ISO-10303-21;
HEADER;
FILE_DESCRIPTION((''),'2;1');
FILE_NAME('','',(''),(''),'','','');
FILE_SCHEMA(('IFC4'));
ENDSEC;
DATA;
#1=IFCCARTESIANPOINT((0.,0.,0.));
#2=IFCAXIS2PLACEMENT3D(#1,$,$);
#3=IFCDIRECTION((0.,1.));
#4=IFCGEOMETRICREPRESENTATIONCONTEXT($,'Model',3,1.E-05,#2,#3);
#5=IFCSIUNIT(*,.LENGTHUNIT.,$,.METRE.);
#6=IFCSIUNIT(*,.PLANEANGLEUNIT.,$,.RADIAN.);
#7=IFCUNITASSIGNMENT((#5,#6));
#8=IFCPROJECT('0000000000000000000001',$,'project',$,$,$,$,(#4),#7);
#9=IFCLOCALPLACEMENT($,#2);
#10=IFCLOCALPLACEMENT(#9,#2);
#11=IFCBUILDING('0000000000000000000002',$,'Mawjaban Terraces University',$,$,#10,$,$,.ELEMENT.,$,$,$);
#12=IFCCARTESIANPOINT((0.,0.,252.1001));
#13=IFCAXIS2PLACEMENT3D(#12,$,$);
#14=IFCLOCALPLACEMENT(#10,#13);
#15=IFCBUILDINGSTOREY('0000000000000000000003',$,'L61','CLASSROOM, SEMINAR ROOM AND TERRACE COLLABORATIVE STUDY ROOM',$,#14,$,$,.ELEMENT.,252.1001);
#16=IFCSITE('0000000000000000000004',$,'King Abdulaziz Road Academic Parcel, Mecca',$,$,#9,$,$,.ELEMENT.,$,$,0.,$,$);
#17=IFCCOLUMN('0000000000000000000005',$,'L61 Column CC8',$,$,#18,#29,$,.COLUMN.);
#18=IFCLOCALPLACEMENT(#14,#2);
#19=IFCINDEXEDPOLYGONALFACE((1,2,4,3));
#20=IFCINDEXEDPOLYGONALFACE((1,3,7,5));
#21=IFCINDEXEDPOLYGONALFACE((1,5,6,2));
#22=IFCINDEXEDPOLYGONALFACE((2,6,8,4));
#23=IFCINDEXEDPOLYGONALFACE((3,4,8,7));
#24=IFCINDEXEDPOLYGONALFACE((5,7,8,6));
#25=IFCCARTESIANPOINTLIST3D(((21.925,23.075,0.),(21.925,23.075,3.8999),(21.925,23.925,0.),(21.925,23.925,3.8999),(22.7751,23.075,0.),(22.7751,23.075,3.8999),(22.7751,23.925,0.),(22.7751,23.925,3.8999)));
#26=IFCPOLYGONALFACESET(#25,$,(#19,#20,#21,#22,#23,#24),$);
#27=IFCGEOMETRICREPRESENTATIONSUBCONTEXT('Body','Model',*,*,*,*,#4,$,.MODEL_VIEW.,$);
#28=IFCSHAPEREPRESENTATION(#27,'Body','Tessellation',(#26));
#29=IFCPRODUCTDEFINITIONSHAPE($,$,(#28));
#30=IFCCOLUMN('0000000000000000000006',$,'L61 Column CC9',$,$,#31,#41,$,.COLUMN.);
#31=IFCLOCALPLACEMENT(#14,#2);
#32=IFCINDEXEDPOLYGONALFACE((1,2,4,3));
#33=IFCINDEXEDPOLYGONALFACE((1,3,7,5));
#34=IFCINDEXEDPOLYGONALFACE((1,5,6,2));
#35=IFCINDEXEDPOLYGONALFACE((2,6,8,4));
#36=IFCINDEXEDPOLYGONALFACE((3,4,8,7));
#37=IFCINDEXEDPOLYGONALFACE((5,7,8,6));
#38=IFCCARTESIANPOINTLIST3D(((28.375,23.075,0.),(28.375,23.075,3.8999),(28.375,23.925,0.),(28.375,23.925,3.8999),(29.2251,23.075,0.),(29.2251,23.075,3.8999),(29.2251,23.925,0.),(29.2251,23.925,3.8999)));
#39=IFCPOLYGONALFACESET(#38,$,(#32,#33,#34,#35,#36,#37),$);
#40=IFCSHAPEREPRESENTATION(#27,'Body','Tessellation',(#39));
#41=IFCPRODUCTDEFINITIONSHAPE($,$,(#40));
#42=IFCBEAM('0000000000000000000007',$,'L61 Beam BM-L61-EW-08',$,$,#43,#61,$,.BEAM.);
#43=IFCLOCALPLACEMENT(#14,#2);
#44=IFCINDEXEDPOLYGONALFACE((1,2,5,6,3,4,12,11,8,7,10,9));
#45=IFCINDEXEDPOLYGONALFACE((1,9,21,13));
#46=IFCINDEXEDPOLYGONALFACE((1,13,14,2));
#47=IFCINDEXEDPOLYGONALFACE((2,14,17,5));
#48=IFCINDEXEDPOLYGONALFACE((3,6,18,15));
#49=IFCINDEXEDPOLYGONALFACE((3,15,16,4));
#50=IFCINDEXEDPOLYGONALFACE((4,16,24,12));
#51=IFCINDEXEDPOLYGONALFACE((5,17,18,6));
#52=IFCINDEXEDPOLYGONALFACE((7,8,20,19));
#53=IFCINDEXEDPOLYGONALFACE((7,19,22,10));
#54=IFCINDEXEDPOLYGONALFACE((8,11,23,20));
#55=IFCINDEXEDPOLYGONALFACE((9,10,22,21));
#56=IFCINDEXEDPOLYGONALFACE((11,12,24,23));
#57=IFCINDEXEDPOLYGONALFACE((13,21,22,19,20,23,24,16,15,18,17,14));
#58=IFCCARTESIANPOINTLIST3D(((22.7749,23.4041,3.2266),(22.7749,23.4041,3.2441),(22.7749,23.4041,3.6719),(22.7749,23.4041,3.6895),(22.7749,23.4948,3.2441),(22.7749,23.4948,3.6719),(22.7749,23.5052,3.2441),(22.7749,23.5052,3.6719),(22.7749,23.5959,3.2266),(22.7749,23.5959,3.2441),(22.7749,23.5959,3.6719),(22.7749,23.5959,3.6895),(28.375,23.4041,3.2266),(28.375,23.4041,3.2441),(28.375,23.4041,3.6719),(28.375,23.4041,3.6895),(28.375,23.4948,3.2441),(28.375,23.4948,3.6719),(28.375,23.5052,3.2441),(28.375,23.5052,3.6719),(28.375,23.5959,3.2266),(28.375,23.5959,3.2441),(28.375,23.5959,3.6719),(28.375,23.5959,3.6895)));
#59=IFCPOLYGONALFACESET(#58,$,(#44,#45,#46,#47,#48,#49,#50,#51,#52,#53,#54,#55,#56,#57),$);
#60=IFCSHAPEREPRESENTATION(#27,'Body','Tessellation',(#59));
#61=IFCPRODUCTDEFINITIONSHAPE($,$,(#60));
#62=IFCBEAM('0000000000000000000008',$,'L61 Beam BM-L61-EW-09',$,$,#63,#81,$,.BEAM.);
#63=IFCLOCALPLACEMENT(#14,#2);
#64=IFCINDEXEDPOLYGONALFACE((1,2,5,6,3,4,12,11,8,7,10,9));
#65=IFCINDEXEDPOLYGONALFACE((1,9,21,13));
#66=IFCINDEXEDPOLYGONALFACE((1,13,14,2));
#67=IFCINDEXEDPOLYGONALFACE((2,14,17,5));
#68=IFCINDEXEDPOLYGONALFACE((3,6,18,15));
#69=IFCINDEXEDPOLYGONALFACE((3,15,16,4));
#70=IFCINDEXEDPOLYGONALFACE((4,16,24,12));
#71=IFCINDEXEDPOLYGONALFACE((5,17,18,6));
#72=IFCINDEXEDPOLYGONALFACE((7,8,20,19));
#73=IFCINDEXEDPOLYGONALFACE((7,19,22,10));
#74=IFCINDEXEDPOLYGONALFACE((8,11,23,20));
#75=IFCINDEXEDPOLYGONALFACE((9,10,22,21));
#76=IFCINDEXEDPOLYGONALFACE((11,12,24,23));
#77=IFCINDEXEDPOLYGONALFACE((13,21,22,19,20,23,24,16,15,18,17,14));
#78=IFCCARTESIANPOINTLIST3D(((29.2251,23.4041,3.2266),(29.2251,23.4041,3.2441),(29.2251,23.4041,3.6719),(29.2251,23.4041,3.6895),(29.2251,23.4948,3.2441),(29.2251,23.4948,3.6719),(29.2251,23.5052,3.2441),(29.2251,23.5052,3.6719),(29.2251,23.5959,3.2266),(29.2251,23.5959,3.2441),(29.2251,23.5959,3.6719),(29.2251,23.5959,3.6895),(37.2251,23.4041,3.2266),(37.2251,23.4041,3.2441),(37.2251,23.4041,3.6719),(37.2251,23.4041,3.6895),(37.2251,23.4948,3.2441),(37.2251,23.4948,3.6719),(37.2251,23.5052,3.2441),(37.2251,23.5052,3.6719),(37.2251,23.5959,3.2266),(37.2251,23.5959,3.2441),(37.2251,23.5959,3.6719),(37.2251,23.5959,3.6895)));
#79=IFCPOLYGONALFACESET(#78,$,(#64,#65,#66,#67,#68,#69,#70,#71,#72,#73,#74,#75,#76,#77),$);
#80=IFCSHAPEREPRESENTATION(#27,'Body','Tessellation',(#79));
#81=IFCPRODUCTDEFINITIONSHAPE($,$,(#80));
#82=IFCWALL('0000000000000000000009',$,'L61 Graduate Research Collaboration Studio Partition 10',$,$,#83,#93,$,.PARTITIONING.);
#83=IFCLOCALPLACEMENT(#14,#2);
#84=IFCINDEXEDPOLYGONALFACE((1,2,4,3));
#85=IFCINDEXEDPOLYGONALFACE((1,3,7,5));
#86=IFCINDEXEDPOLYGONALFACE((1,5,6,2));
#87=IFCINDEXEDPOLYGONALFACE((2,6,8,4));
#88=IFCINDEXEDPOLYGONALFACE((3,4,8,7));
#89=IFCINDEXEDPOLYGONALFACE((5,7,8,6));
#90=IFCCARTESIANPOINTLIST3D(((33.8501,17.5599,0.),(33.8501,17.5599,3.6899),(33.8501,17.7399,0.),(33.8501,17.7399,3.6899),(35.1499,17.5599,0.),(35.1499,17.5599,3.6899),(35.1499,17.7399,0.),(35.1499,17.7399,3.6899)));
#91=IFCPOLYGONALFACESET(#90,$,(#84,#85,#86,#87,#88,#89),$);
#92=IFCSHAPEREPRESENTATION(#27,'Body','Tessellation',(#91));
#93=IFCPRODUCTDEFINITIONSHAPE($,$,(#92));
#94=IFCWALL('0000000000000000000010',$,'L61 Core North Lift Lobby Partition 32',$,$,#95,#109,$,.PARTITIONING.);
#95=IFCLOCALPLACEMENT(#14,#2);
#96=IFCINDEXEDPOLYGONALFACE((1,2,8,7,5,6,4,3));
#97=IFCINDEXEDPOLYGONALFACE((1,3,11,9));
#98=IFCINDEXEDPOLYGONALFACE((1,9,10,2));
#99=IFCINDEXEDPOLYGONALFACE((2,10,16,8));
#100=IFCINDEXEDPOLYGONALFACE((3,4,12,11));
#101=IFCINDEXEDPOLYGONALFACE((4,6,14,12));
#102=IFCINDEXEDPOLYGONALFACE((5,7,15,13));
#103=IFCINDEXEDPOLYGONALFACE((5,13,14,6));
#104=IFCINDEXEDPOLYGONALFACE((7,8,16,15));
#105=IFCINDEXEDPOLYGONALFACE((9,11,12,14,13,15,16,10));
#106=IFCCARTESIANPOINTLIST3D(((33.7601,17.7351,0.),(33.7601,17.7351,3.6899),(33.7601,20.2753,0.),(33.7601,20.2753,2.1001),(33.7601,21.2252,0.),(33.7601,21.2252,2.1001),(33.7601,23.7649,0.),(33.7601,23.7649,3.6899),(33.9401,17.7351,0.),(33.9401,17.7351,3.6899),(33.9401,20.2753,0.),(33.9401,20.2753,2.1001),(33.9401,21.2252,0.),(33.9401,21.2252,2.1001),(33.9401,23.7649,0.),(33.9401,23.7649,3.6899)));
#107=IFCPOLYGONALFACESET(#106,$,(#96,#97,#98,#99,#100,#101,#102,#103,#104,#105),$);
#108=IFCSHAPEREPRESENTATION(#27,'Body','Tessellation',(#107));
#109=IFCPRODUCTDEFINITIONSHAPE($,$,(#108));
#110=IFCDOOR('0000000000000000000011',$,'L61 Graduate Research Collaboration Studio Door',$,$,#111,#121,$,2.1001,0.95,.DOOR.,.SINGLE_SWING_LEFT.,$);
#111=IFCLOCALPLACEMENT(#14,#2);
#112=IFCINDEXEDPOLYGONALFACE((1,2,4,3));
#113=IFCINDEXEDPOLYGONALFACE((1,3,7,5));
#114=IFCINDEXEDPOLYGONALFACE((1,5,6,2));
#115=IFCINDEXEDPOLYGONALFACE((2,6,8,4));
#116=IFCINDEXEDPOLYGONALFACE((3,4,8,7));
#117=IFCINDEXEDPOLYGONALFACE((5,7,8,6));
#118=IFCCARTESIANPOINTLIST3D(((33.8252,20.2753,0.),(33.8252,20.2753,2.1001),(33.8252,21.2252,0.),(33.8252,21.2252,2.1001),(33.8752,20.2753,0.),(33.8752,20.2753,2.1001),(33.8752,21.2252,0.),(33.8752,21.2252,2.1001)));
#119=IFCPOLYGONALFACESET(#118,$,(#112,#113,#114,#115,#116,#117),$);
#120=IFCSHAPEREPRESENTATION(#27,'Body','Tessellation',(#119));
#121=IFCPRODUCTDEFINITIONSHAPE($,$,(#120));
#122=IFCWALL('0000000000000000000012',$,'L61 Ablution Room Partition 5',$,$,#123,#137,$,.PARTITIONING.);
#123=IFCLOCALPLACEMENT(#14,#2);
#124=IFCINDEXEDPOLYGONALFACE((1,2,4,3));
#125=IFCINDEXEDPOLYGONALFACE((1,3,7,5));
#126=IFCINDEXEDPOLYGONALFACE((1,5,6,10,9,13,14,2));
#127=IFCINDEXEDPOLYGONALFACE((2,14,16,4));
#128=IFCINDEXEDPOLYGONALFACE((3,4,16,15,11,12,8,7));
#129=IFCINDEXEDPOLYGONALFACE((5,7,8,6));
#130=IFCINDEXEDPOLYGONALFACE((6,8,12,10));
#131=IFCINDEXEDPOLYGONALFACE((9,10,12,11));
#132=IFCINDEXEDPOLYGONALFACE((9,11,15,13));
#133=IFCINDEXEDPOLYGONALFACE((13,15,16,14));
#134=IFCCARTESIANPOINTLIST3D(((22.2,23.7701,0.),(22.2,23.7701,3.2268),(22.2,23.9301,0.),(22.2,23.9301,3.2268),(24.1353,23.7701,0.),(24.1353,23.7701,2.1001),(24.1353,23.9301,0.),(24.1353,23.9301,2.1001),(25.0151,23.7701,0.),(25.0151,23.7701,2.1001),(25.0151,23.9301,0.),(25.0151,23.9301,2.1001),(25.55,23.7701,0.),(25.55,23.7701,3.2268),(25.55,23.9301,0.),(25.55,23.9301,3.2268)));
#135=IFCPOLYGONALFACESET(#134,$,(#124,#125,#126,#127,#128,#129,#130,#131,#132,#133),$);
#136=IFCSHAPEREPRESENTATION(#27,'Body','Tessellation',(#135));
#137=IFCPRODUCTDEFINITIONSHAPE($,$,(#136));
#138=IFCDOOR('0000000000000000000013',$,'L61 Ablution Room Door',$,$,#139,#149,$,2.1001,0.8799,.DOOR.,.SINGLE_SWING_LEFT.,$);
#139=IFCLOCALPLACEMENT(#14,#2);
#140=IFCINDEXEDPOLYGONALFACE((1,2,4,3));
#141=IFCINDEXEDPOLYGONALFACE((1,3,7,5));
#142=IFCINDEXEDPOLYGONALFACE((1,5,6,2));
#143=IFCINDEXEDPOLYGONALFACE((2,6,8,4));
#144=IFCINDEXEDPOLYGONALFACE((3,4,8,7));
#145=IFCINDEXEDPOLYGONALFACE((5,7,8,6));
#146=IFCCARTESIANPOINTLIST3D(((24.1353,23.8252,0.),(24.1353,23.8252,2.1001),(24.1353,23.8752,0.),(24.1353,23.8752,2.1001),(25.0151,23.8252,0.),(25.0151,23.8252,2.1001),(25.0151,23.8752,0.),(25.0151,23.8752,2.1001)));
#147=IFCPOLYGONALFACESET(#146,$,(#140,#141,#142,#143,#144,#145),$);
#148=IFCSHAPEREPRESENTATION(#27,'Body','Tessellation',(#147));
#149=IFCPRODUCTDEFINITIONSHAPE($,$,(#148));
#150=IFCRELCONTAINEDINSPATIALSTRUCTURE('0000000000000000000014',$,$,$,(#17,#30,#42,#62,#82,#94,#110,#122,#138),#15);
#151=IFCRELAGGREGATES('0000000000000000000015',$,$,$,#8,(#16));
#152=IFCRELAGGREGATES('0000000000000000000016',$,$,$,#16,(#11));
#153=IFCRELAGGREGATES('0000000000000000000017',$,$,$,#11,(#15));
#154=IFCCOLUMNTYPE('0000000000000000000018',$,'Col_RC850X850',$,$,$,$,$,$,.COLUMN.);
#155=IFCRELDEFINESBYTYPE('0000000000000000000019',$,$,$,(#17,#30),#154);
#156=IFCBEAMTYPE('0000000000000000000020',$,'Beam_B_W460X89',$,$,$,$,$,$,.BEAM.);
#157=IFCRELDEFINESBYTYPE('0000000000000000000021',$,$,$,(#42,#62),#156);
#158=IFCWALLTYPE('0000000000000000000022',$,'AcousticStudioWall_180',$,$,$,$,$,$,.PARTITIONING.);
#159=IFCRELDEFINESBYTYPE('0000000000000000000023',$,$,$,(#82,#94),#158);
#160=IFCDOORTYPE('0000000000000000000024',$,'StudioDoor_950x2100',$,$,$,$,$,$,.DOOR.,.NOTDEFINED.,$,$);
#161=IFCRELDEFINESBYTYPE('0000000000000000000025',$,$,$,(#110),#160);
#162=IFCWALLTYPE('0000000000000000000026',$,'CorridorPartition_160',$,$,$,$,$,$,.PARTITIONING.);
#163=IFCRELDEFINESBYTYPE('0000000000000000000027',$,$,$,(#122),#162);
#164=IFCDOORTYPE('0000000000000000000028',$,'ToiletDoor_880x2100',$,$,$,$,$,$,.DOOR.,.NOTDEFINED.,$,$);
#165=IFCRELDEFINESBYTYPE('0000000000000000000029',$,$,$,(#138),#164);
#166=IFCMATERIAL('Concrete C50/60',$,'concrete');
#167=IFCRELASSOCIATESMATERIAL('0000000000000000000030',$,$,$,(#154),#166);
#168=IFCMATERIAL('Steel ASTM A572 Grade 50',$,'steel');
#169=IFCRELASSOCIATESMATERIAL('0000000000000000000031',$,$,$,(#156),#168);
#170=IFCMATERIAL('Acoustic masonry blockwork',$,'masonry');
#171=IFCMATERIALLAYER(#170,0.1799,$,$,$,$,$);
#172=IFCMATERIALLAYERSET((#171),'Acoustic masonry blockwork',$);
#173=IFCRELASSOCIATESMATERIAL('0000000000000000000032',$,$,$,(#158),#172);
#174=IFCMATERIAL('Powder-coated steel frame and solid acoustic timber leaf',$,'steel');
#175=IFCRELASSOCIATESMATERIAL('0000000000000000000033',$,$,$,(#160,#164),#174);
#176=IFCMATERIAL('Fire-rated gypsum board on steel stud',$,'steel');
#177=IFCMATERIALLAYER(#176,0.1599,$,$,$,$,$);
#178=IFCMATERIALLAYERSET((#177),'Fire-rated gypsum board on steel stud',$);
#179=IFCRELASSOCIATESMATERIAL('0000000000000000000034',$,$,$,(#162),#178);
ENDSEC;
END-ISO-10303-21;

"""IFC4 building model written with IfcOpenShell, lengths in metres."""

from ifc_helpers import new_model, si_unit, direction, frame, frame_2d, origin, origin_2d, place, context, subcontext, project, spatial, rectangle, i_section, extrude, material, layer, layer_set, material_profile, profile_set, type_object, element, fill, save


model = new_model("IFC4")

# Units and contexts
model_context = context("Model", 3, precision=1e-05, world=origin(), true_north=direction((0.0, 1.0)))
body_context = subcontext(model_context, "Body", "Model", "MODEL_VIEW")
ifc_project = project(units=[si_unit("LENGTHUNIT", "METRE"), si_unit("PLANEANGLEUNIT", "RADIAN")], contexts=[model_context])

# Site, building, storey
site_placement = place(None, origin())
site = spatial("IfcSite", under=ifc_project, at=site_placement, Name="King Abdulaziz Road Academic Parcel, Mecca", CompositionType="ELEMENT", RefElevation=0.0)
building_placement = place(site_placement, origin())
building = spatial("IfcBuilding", under=site, at=building_placement, Name="Mawjaban Terraces University", CompositionType="ELEMENT")
storey_placement = place(building_placement, frame((0.0, 0.0, 252.1001)))
storey = spatial("IfcBuildingStorey", under=building, at=storey_placement, Name="L61", Description="CLASSROOM, SEMINAR ROOM AND TERRACE COLLABORATIVE STUDY ROOM", CompositionType="ELEMENT", Elevation=252.1001)

# Columns
ifc_material_1 = material(Name="Concrete C50/60", Category="concrete")
ifc_material_profile_1 = material_profile(ifc_material_1, rectangle(XDim=0.8501, YDim=0.8501, at=origin_2d()), Name="RC850X850")
ifc_profile_set_1 = profile_set([ifc_material_profile_1], Name="Concrete C50/60")
column_type = type_object("IfcColumnType", Name="Col_RC850X850", PredefinedType="COLUMN", material=ifc_profile_set_1)
for number, where, z_axis, x_axis, name in (
    (1, (22.3501, 23.5, 0.0), (0.0, 0.0, 1.0), (1.0, 0.0, 0.0), "L61 Column CC8"),
    (2, (28.8, 23.5, 0.0), (0.0, 0.0, 1.0), (1.0, 0.0, 0.0), "L61 Column CC9"),
):
    element("IfcColumn", number, at=place(storey_placement, frame(where, z_axis=z_axis, x_axis=x_axis)), inside=storey, type_object=column_type, Name=name, PredefinedType="COLUMN", context=body_context, shape_type="SweptSolid", body=[
        extrude(rectangle(XDim=0.8501, YDim=0.8501, at=origin_2d()), origin(), (0.0, 0.0, 1.0), 3.8999),
    ])

# Beams
ifc_material_2 = material(Name="Steel ASTM A572 Grade 50", Category="steel")
ifc_material_profile_2 = material_profile(ifc_material_2, i_section(OverallWidth=0.1919, OverallDepth=0.4629, WebThickness=0.0105, FlangeThickness=0.0176, at=origin_2d()), Name="W460X89")
ifc_profile_set_2 = profile_set([ifc_material_profile_2], Name="Steel ASTM A572 Grade 50")
beam_type = type_object("IfcBeamType", Name="Beam_B_W460X89", PredefinedType="BEAM", material=ifc_profile_set_2)
beam_1_placement = place(storey_placement, frame((22.7749, 23.5, 3.458), z_axis=(1.0, 0.0, 0.0), x_axis=(0.0, 1.0, 0.0)))
element("IfcBeam", 3, at=beam_1_placement, inside=storey, type_object=beam_type, Name="L61 Beam BM-L61-EW-08", PredefinedType="BEAM", context=body_context, shape_type="SweptSolid", body=[
    extrude(i_section(OverallWidth=0.1919, OverallDepth=0.4629, WebThickness=0.0105, FlangeThickness=0.0176, at=origin_2d()), origin(), (0.0, 0.0, 1.0), 5.6001),
])
beam_2_placement = place(storey_placement, frame((29.2251, 23.5, 3.458), z_axis=(1.0, 0.0, 0.0), x_axis=(0.0, 1.0, 0.0)))
element("IfcBeam", 4, at=beam_2_placement, inside=storey, type_object=beam_type, Name="L61 Beam BM-L61-EW-09", PredefinedType="BEAM", context=body_context, shape_type="SweptSolid", body=[
    extrude(i_section(OverallWidth=0.1919, OverallDepth=0.4629, WebThickness=0.0105, FlangeThickness=0.0176, at=origin_2d()), origin(), (0.0, 0.0, 1.0), 8.0),
])

# Wall
ifc_material_3 = material(Name="Acoustic masonry blockwork", Category="masonry")
ifc_layer_1 = layer(ifc_material_3, 0.1799)
ifc_layer_set_1 = layer_set([ifc_layer_1], Name="Acoustic masonry blockwork")
wall_type_1 = type_object("IfcWallType", Name="AcousticStudioWall_180", PredefinedType="PARTITIONING", material=ifc_layer_set_1)
wall_1_placement = place(storey_placement, frame((33.8501, 17.6499, 0.0), z_axis=(0.0, 0.0, 1.0), x_axis=(1.0, 0.0, 0.0)))
element("IfcWall", 5, at=wall_1_placement, inside=storey, type_object=wall_type_1, Name="L61 Graduate Research Collaboration Studio Partition 10", PredefinedType="PARTITIONING", context=body_context, shape_type="SweptSolid", body=[
    extrude(rectangle(XDim=1.2998, YDim=0.1799, at=frame_2d((0.6499, 0.0))), origin(), (0.0, 0.0, 1.0), 3.6899),
])

# Walls, openings, doors
wall_2_placement = place(storey_placement, frame((33.8501, 17.7351, 0.0), z_axis=(0.0, 0.0, 1.0), x_axis=(0.0, 1.0, 0.0)))
wall_2 = element("IfcWall", 6, at=wall_2_placement, inside=storey, type_object=wall_type_1, Name="L61 Core North Lift Lobby Partition 32", PredefinedType="PARTITIONING", context=body_context, shape_type="SweptSolid", body=[
    extrude(rectangle(XDim=6.0298, YDim=0.1799, at=frame_2d((3.0149, 0.0))), origin(), (0.0, 0.0, 1.0), 3.6899),
])
opening_1_placement = place(wall_2_placement, frame((2.54, 0.0, 0.0)))
opening_1 = element("IfcOpeningElement", 7, at=opening_1_placement, cuts=wall_2, PredefinedType="OPENING", context=body_context, shape_type="SweptSolid", body=[
    extrude(rectangle(XDim=0.95, YDim=2.1001, at=frame_2d((0.4751, 1.05))), frame((0.0, 0.0999, 0.0), z_axis=(0.0, -1.0, 0.0), x_axis=(1.0, 0.0, 0.0)), (0.0, 0.0, 1.0), 0.2),
])
ifc_material_4 = material(Name="Powder-coated steel frame and solid acoustic timber leaf", Category="steel")
door_type_1 = type_object("IfcDoorType", Name="StudioDoor_950x2100", OperationType="NOTDEFINED", PredefinedType="DOOR", material=ifc_material_4)
door_1_placement = place(opening_1_placement, origin())
door_1 = element("IfcDoor", 8, at=door_1_placement, inside=storey, type_object=door_type_1, Name="L61 Graduate Research Collaboration Studio Door", OperationType="SINGLE_SWING_LEFT", OverallHeight=2.1001, OverallWidth=0.95, PredefinedType="DOOR", context=body_context, shape_type="SweptSolid", body=[
    extrude(rectangle(XDim=0.95, YDim=2.1001, at=frame_2d((0.4751, 1.05))), frame((0.0, 0.0249, 0.0), z_axis=(0.0, -1.0, 0.0), x_axis=(1.0, 0.0, 0.0)), (0.0, 0.0, 1.0), 0.05),
])
fill(opening_1, door_1)
ifc_material_5 = material(Name="Fire-rated gypsum board on steel stud", Category="steel")
ifc_layer_2 = layer(ifc_material_5, 0.1599)
ifc_layer_set_2 = layer_set([ifc_layer_2], Name="Fire-rated gypsum board on steel stud")
wall_type_2 = type_object("IfcWallType", Name="CorridorPartition_160", PredefinedType="PARTITIONING", material=ifc_layer_set_2)
wall_3_placement = place(storey_placement, frame((25.55, 23.8501, 0.0), z_axis=(0.0, 0.0, 1.0), x_axis=(-1.0, 0.0, 0.0)))
wall_3 = element("IfcWall", 9, at=wall_3_placement, inside=storey, type_object=wall_type_2, Name="L61 Ablution Room Partition 5", PredefinedType="PARTITIONING", context=body_context, shape_type="SweptSolid", body=[
    extrude(rectangle(XDim=3.3501, YDim=0.1599, at=frame_2d((1.675, 0.0))), origin(), (0.0, 0.0, 1.0), 3.2268),
])
opening_2_placement = place(wall_3_placement, frame((0.5349, 0.0, 0.0)))
opening_2 = element("IfcOpeningElement", 10, at=opening_2_placement, cuts=wall_3, PredefinedType="OPENING", context=body_context, shape_type="SweptSolid", body=[
    extrude(rectangle(XDim=0.8799, YDim=2.1001, at=frame_2d((0.4399, 1.05))), frame((0.0, 0.0898, 0.0), z_axis=(0.0, -1.0, 0.0), x_axis=(1.0, 0.0, 0.0)), (0.0, 0.0, 1.0), 0.1799),
])
door_type_2 = type_object("IfcDoorType", Name="ToiletDoor_880x2100", OperationType="NOTDEFINED", PredefinedType="DOOR", material=ifc_material_4)
door_2_placement = place(opening_2_placement, origin())
door_2 = element("IfcDoor", 11, at=door_2_placement, inside=storey, type_object=door_type_2, Name="L61 Ablution Room Door", OperationType="SINGLE_SWING_LEFT", OverallHeight=2.1001, OverallWidth=0.8799, PredefinedType="DOOR", context=body_context, shape_type="SweptSolid", body=[
    extrude(rectangle(XDim=0.8799, YDim=2.1001, at=frame_2d((0.4399, 1.05))), frame((0.0, 0.0249, 0.0), z_axis=(0.0, -1.0, 0.0), x_axis=(1.0, 0.0, 0.0)), (0.0, 0.0, 1.0), 0.05),
])
fill(opening_2, door_2)

save(model, "model.ifc")
